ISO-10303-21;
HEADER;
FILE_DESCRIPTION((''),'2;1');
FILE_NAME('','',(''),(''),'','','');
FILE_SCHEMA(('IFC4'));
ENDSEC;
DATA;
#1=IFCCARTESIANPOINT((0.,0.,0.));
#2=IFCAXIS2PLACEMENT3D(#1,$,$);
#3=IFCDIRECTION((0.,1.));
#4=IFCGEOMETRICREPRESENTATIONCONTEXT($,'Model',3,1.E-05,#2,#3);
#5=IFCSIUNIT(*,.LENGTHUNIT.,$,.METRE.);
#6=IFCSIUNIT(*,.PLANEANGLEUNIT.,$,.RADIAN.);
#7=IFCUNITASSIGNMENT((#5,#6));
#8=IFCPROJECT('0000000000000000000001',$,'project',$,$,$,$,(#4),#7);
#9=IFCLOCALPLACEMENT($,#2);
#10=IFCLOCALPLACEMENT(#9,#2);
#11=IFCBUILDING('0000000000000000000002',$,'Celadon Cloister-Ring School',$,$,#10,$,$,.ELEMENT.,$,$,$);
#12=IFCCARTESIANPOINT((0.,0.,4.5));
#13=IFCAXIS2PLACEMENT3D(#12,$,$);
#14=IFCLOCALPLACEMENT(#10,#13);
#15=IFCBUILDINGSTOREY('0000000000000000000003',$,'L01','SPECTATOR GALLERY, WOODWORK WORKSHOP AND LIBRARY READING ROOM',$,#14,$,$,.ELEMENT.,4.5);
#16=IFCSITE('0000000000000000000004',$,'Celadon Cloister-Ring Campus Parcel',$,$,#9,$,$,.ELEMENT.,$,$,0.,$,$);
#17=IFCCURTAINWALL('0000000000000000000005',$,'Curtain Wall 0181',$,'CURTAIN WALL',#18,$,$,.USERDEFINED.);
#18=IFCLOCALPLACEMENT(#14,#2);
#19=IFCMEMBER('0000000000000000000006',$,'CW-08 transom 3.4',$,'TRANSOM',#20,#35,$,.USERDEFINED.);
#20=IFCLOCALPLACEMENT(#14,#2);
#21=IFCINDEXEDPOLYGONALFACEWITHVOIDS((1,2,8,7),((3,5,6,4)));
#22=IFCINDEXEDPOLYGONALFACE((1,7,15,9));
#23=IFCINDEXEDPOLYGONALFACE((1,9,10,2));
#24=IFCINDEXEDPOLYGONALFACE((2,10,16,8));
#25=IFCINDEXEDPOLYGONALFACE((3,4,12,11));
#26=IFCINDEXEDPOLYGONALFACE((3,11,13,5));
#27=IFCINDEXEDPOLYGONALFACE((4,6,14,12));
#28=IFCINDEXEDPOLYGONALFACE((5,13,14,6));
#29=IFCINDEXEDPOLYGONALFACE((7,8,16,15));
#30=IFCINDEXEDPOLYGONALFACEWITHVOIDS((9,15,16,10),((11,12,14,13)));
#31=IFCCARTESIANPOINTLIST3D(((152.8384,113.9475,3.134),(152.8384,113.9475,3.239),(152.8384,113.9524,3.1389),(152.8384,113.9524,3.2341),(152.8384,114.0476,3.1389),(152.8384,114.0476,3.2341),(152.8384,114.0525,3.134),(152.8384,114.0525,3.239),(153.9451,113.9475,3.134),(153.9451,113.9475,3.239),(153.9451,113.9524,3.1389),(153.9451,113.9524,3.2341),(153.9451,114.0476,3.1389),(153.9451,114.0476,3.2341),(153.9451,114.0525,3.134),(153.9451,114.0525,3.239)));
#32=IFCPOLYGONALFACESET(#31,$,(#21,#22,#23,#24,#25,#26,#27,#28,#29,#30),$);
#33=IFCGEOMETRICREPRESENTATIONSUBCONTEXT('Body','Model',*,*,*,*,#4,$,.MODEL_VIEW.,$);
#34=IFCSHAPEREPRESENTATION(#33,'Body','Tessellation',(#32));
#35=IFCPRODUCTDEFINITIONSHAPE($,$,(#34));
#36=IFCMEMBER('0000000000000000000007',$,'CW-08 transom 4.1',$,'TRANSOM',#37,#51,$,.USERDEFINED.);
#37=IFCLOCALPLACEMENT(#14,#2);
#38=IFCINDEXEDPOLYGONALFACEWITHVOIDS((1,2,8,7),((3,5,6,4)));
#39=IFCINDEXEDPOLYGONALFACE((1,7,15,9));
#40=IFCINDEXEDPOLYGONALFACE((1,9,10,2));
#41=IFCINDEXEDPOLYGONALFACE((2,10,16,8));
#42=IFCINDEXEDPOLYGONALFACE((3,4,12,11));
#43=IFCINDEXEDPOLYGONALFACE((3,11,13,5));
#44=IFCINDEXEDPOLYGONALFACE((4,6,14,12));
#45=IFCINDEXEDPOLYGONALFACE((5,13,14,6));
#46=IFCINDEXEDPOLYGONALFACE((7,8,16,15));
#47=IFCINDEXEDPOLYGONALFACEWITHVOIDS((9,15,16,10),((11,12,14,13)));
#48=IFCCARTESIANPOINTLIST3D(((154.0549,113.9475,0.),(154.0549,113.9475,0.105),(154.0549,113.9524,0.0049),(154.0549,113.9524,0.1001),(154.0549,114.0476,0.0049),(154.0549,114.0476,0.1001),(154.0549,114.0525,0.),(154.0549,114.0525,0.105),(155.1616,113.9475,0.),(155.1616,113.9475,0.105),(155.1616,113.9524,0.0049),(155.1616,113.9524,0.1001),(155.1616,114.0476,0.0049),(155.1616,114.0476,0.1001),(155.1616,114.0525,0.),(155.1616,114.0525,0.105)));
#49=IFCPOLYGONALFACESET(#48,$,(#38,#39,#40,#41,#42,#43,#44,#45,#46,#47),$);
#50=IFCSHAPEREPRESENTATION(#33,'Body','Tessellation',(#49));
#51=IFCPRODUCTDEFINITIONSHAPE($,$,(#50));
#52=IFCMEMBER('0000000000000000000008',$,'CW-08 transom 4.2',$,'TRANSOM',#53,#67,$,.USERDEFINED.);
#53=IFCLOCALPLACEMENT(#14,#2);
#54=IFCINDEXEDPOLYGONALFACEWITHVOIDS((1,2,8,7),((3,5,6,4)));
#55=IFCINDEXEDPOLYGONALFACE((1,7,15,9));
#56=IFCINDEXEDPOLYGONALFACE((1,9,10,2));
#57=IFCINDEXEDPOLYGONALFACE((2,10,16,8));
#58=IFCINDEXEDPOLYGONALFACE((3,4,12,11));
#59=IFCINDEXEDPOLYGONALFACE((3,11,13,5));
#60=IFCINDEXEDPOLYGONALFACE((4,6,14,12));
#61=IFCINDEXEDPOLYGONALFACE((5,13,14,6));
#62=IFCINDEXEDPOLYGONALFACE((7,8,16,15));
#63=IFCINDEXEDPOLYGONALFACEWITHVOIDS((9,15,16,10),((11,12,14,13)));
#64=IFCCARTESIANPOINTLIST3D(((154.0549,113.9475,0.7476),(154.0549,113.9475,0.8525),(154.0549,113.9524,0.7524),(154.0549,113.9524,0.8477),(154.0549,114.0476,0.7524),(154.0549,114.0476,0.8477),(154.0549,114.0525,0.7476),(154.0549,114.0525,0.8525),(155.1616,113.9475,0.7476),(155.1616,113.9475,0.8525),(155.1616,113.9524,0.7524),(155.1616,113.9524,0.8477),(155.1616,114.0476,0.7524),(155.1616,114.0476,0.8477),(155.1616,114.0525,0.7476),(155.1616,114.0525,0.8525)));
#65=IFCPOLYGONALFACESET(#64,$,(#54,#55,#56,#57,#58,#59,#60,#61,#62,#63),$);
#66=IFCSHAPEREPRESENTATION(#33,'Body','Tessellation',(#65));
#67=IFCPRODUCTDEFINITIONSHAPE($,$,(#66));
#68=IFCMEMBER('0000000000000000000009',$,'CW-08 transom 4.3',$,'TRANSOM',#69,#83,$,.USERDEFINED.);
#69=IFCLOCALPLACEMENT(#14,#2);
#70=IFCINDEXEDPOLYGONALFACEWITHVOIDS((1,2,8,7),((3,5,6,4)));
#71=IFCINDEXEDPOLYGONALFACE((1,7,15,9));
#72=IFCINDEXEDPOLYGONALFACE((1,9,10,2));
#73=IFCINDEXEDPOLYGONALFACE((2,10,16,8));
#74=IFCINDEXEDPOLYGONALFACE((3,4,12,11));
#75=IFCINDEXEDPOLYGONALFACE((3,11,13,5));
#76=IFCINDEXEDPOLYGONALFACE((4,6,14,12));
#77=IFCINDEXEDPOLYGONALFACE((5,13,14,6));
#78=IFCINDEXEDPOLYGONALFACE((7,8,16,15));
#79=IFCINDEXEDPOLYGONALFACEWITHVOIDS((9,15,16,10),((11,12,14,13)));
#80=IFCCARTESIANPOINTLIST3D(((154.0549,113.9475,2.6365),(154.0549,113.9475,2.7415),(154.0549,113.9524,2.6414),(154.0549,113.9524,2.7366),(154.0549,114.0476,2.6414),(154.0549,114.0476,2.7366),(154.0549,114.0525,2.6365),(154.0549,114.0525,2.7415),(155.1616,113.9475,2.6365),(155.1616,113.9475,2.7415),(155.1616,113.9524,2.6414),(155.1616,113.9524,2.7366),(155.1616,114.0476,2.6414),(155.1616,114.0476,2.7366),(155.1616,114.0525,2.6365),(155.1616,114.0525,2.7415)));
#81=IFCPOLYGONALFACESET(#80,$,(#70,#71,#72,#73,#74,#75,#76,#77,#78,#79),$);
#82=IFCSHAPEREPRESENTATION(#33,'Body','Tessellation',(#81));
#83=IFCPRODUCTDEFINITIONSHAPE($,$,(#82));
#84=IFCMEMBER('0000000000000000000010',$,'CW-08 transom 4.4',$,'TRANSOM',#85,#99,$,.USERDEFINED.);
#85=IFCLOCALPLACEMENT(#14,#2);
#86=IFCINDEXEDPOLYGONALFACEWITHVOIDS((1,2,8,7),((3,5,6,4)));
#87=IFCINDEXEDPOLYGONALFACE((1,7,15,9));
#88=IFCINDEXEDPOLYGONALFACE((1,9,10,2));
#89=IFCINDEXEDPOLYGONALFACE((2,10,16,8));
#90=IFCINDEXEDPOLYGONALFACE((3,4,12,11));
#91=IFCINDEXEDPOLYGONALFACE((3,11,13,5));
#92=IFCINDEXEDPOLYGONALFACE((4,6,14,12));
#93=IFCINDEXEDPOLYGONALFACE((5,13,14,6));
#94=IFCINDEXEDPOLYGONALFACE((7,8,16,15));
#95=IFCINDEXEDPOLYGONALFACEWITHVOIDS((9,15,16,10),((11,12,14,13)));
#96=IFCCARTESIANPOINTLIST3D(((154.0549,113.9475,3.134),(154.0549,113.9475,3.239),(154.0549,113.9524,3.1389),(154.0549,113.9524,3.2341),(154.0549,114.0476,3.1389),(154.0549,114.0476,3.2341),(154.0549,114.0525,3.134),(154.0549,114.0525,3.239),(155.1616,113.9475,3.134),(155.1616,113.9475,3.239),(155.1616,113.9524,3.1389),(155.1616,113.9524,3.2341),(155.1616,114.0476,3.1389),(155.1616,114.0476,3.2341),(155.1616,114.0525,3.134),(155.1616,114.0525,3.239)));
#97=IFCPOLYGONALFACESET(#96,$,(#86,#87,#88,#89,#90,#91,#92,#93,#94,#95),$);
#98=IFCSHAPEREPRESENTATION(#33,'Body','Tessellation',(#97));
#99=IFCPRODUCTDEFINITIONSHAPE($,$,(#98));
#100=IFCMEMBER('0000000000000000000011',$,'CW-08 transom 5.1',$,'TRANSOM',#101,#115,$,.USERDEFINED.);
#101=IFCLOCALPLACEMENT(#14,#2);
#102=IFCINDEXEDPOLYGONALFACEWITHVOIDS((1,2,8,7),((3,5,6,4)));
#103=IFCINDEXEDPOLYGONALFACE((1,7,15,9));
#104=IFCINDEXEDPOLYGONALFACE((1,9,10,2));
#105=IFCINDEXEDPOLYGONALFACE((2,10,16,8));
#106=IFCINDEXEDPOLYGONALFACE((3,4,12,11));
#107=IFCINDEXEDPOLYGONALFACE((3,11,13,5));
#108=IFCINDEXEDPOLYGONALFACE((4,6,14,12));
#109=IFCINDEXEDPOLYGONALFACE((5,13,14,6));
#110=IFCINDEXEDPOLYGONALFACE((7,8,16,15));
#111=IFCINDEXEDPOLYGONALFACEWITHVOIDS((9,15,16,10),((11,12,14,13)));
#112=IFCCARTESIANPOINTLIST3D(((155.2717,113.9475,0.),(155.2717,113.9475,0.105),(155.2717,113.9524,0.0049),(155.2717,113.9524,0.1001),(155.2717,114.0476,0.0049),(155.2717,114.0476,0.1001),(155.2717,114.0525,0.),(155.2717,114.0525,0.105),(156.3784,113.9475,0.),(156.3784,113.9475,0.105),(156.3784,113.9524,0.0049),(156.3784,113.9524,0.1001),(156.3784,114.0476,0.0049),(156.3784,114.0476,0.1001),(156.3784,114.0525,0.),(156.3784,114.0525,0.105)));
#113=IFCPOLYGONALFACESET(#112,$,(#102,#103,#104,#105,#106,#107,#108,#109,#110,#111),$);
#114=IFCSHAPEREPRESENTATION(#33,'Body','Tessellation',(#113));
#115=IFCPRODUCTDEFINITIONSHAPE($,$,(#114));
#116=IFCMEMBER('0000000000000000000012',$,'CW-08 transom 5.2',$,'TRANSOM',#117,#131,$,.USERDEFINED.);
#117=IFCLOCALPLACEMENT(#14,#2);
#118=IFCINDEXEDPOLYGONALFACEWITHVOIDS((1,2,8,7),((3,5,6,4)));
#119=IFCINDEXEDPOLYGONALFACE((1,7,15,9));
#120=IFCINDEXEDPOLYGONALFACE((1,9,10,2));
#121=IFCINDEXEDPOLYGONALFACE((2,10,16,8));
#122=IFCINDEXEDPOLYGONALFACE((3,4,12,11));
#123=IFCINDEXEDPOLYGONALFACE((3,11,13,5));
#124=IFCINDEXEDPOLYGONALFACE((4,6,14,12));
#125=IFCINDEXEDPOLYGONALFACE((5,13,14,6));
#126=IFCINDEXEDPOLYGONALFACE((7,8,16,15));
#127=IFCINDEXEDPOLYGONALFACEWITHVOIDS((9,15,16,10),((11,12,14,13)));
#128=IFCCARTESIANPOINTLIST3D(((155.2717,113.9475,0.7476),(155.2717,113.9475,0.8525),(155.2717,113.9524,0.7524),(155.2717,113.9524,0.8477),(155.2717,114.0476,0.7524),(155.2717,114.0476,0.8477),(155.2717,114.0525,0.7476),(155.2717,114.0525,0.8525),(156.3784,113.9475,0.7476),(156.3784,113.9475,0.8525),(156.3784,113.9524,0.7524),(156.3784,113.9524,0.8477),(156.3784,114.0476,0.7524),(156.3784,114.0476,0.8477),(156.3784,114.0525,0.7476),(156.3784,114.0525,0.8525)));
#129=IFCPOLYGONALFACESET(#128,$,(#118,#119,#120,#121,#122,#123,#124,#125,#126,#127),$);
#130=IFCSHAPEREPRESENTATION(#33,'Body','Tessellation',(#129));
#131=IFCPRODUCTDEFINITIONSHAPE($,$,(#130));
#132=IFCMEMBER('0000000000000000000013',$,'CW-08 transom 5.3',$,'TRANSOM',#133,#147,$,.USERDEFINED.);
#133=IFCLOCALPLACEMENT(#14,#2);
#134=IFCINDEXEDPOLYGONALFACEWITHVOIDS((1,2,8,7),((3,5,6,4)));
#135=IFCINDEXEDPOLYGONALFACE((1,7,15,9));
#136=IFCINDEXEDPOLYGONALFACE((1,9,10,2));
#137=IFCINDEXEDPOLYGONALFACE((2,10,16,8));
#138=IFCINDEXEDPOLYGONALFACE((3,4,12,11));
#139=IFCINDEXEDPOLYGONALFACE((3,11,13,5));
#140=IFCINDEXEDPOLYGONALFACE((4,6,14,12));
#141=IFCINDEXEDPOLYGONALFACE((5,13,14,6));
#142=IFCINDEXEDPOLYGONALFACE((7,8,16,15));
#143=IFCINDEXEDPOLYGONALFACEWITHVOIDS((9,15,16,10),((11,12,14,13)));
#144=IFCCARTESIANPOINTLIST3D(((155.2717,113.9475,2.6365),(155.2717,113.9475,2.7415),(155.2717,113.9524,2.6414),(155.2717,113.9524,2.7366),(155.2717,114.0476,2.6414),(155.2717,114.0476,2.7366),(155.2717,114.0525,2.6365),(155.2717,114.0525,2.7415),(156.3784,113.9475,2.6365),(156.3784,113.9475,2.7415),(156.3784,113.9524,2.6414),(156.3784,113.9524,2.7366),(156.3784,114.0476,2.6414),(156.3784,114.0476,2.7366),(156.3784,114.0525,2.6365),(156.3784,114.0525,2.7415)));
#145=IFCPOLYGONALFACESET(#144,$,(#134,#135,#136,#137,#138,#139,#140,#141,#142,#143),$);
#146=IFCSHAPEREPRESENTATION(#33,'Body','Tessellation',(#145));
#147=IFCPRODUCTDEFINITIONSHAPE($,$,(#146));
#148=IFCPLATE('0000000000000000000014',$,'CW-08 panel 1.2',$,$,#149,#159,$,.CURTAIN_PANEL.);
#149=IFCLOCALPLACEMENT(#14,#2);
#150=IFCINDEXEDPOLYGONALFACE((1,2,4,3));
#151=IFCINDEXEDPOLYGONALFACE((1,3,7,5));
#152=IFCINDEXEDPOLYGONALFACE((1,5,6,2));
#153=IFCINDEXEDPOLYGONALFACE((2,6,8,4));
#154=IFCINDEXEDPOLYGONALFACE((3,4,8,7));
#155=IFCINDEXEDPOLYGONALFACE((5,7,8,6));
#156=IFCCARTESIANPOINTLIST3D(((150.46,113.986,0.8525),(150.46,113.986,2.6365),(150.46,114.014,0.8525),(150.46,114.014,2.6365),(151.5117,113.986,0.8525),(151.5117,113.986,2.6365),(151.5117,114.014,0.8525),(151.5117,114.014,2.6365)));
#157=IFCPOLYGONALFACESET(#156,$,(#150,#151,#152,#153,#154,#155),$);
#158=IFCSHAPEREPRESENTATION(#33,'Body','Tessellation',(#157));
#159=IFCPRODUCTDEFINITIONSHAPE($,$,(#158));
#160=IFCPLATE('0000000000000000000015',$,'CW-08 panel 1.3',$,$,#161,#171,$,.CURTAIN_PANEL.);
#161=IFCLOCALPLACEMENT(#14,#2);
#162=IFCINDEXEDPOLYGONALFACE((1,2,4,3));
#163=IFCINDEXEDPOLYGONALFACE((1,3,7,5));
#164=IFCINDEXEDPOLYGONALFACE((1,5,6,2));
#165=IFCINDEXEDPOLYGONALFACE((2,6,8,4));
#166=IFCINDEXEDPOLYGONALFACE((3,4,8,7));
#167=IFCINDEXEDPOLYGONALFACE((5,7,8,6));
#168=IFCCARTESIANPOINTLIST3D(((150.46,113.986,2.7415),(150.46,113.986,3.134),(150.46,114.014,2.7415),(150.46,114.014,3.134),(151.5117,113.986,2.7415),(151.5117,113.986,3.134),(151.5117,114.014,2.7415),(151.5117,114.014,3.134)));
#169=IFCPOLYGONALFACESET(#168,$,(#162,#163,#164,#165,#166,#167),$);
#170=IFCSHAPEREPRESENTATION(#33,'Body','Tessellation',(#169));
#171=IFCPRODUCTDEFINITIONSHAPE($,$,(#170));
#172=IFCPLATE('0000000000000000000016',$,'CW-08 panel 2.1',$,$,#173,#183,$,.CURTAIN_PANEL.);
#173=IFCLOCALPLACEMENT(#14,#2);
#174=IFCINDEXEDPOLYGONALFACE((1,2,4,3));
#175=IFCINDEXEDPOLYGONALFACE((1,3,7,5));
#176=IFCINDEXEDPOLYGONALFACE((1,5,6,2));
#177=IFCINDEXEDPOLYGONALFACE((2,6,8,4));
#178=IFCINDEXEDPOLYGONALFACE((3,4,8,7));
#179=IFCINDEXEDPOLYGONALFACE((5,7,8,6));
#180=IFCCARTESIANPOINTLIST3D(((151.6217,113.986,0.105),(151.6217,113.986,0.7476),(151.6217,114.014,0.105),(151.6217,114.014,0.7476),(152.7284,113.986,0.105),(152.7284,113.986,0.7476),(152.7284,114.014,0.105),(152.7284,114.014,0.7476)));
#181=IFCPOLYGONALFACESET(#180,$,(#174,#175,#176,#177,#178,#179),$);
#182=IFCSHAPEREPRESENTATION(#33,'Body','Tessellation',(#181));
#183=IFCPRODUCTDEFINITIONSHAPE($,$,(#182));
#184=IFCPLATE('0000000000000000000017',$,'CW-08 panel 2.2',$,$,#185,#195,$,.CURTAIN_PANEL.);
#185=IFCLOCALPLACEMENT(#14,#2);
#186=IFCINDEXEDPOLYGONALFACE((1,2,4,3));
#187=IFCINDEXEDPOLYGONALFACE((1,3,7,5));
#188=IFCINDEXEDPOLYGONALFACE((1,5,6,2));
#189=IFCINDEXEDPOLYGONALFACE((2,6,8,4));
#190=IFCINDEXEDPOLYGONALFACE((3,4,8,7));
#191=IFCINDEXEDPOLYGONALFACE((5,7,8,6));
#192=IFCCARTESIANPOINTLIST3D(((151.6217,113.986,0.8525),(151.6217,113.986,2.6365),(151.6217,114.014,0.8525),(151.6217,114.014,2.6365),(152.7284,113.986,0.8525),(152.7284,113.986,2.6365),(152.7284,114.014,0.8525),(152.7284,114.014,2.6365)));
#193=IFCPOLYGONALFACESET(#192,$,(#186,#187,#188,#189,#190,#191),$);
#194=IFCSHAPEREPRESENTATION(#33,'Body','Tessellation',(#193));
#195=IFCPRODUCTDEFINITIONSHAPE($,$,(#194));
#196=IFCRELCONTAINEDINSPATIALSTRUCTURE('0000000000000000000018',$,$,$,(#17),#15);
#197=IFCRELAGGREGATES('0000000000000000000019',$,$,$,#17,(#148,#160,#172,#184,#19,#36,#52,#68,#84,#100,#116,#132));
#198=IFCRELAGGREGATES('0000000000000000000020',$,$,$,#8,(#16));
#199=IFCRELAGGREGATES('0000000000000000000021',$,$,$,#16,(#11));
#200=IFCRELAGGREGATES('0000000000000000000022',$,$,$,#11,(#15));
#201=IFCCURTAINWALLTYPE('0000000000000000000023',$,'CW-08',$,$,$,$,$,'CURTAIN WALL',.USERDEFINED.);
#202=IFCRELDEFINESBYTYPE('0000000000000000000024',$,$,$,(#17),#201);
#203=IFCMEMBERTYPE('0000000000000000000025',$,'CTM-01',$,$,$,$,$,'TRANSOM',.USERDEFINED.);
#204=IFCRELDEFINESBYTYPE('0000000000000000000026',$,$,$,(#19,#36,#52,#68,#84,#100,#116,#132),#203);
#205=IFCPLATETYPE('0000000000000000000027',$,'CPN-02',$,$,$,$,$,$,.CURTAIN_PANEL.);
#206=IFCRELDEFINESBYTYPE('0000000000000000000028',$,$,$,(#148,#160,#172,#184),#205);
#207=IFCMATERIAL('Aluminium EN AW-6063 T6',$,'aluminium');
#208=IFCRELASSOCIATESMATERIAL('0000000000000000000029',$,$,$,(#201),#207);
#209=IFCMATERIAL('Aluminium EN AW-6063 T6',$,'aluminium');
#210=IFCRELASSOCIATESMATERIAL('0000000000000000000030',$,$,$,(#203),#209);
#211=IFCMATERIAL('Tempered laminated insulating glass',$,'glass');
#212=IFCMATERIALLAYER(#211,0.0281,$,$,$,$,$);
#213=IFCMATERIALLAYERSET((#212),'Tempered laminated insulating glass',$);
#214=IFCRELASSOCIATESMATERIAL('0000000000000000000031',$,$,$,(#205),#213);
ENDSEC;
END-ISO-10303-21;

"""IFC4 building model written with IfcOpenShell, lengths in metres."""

from ifc_helpers import new_model, si_unit, direction, frame, origin, origin_2d, place, context, subcontext, project, spatial, rectangle, hollow_rectangle, extrude, material, layer, layer_set, material_profile, profile_set, type_object, element, aggregate, save


model = new_model("IFC4")

# Units and contexts
model_context = context("Model", 3, precision=1e-05, world=origin(), true_north=direction((0.0, 1.0)))
body_context = subcontext(model_context, "Body", "Model", "MODEL_VIEW")
ifc_project = project(units=[si_unit("LENGTHUNIT", "METRE"), si_unit("PLANEANGLEUNIT", "RADIAN")], contexts=[model_context])

# Site, building, storey
site_placement = place(None, origin())
site = spatial("IfcSite", under=ifc_project, at=site_placement, Name="Celadon Cloister-Ring Campus Parcel", CompositionType="ELEMENT", RefElevation=0.0)
building_placement = place(site_placement, origin())
building = spatial("IfcBuilding", under=site, at=building_placement, Name="Celadon Cloister-Ring School", CompositionType="ELEMENT")
storey_placement = place(building_placement, frame((0.0, 0.0, 4.5)))
storey = spatial("IfcBuildingStorey", under=building, at=storey_placement, Name="L01", Description="SPECTATOR GALLERY, WOODWORK WORKSHOP AND LIBRARY READING ROOM", CompositionType="ELEMENT", Elevation=4.5)

# Curtain wall, members, plates
ifc_material_1 = material(Name="Aluminium EN AW-6063 T6", Category="aluminium")
curtain_wall_type = type_object("IfcCurtainWallType", Name="CW-08", ElementType="CURTAIN WALL", PredefinedType="USERDEFINED", material=ifc_material_1)
curtain_wall_placement = place(storey_placement, origin())
curtain_wall = element("IfcCurtainWall", 1, at=curtain_wall_placement, inside=storey, type_object=curtain_wall_type, Name="Curtain Wall 0181", ObjectType="CURTAIN WALL", PredefinedType="USERDEFINED")
ifc_material_2 = material(Name="Aluminium EN AW-6063 T6", Category="aluminium")
ifc_material_profile_1 = material_profile(ifc_material_2, hollow_rectangle(XDim=0.105, YDim=0.105, WallThickness=0.0049, at=origin_2d()), Name="RHS105X105X5")
ifc_profile_set_1 = profile_set([ifc_material_profile_1], Name="Aluminium EN AW-6063 T6")
member_type_1 = type_object("IfcMemberType", Name="CTM-01", ElementType="TRANSOM", PredefinedType="USERDEFINED", material=ifc_profile_set_1)
member_1_placement = place(storey_placement, frame((152.8384, 114.0, 3.1865), z_axis=(1.0, 0.0, 0.0), x_axis=(0.0, 1.0, 0.0)))
member_1 = element("IfcMember", 2, at=member_1_placement, type_object=member_type_1, Name="CW-08 transom 3.4", ObjectType="TRANSOM", PredefinedType="USERDEFINED", context=body_context, shape_type="SweptSolid", body=[
    extrude(hollow_rectangle(XDim=0.105, YDim=0.105, WallThickness=0.0049, at=origin_2d()), origin(), (0.0, 0.0, 1.0), 1.1067),
])
member_2_placement = place(storey_placement, frame((154.0549, 114.0, 0.0525), z_axis=(1.0, 0.0, 0.0), x_axis=(0.0, 1.0, 0.0)))
member_2 = element("IfcMember", 3, at=member_2_placement, type_object=member_type_1, Name="CW-08 transom 4.1", ObjectType="TRANSOM", PredefinedType="USERDEFINED", context=body_context, shape_type="SweptSolid", body=[
    extrude(hollow_rectangle(XDim=0.105, YDim=0.105, WallThickness=0.0049, at=origin_2d()), origin(), (0.0, 0.0, 1.0), 1.1067),
])
member_3_placement = place(storey_placement, frame((154.0549, 114.0, 0.8), z_axis=(1.0, 0.0, 0.0), x_axis=(0.0, 1.0, 0.0)))
member_3 = element("IfcMember", 4, at=member_3_placement, type_object=member_type_1, Name="CW-08 transom 4.2", ObjectType="TRANSOM", PredefinedType="USERDEFINED", context=body_context, shape_type="SweptSolid", body=[
    extrude(hollow_rectangle(XDim=0.105, YDim=0.105, WallThickness=0.0049, at=origin_2d()), origin(), (0.0, 0.0, 1.0), 1.1067),
])
member_4_placement = place(storey_placement, frame((154.0549, 114.0, 2.689), z_axis=(1.0, 0.0, 0.0), x_axis=(0.0, 1.0, 0.0)))
member_4 = element("IfcMember", 5, at=member_4_placement, type_object=member_type_1, Name="CW-08 transom 4.3", ObjectType="TRANSOM", PredefinedType="USERDEFINED", context=body_context, shape_type="SweptSolid", body=[
    extrude(hollow_rectangle(XDim=0.105, YDim=0.105, WallThickness=0.0049, at=origin_2d()), origin(), (0.0, 0.0, 1.0), 1.1067),
])
member_5_placement = place(storey_placement, frame((154.0549, 114.0, 3.1865), z_axis=(1.0, 0.0, 0.0), x_axis=(0.0, 1.0, 0.0)))
member_5 = element("IfcMember", 6, at=member_5_placement, type_object=member_type_1, Name="CW-08 transom 4.4", ObjectType="TRANSOM", PredefinedType="USERDEFINED", context=body_context, shape_type="SweptSolid", body=[
    extrude(hollow_rectangle(XDim=0.105, YDim=0.105, WallThickness=0.0049, at=origin_2d()), origin(), (0.0, 0.0, 1.0), 1.1067),
])
member_6_placement = place(storey_placement, frame((155.2717, 114.0, 0.0525), z_axis=(1.0, 0.0, 0.0), x_axis=(0.0, 1.0, 0.0)))
member_6 = element("IfcMember", 7, at=member_6_placement, type_object=member_type_1, Name="CW-08 transom 5.1", ObjectType="TRANSOM", PredefinedType="USERDEFINED", context=body_context, shape_type="SweptSolid", body=[
    extrude(hollow_rectangle(XDim=0.105, YDim=0.105, WallThickness=0.0049, at=origin_2d()), origin(), (0.0, 0.0, 1.0), 1.1067),
])
member_7_placement = place(storey_placement, frame((155.2717, 114.0, 0.8), z_axis=(1.0, 0.0, 0.0), x_axis=(0.0, 1.0, 0.0)))
member_7 = element("IfcMember", 8, at=member_7_placement, type_object=member_type_1, Name="CW-08 transom 5.2", ObjectType="TRANSOM", PredefinedType="USERDEFINED", context=body_context, shape_type="SweptSolid", body=[
    extrude(hollow_rectangle(XDim=0.105, YDim=0.105, WallThickness=0.0049, at=origin_2d()), origin(), (0.0, 0.0, 1.0), 1.1067),
])
member_8_placement = place(storey_placement, frame((155.2717, 114.0, 2.689), z_axis=(1.0, 0.0, 0.0), x_axis=(0.0, 1.0, 0.0)))
member_8 = element("IfcMember", 9, at=member_8_placement, type_object=member_type_1, Name="CW-08 transom 5.3", ObjectType="TRANSOM", PredefinedType="USERDEFINED", context=body_context, shape_type="SweptSolid", body=[
    extrude(hollow_rectangle(XDim=0.105, YDim=0.105, WallThickness=0.0049, at=origin_2d()), origin(), (0.0, 0.0, 1.0), 1.1067),
])
ifc_material_3 = material(Name="Tempered laminated insulating glass", Category="glass")
ifc_layer = layer(ifc_material_3, 0.0281)
ifc_layer_set = layer_set([ifc_layer], Name="Tempered laminated insulating glass")
plate_type = type_object("IfcPlateType", Name="CPN-02", PredefinedType="CURTAIN_PANEL", material=ifc_layer_set)
plate_1_placement = place(storey_placement, frame((150.9858, 114.0, 0.8525), z_axis=(0.0, 0.0, 1.0), x_axis=(1.0, 0.0, 0.0)))
plate_1 = element("IfcPlate", 10, at=plate_1_placement, type_object=plate_type, Name="CW-08 panel 1.2", PredefinedType="CURTAIN_PANEL", context=body_context, shape_type="SweptSolid", body=[
    extrude(rectangle(XDim=1.0518, YDim=0.0281, at=origin_2d()), origin(), (0.0, 0.0, 1.0), 1.7839),
])
plate_2_placement = place(storey_placement, frame((150.9858, 114.0, 2.7415), z_axis=(0.0, 0.0, 1.0), x_axis=(1.0, 0.0, 0.0)))
plate_2 = element("IfcPlate", 11, at=plate_2_placement, type_object=plate_type, Name="CW-08 panel 1.3", PredefinedType="CURTAIN_PANEL", context=body_context, shape_type="SweptSolid", body=[
    extrude(rectangle(XDim=1.0518, YDim=0.0281, at=origin_2d()), origin(), (0.0, 0.0, 1.0), 0.3926),
])
plate_3_placement = place(storey_placement, frame((152.175, 114.0, 0.105), z_axis=(0.0, 0.0, 1.0), x_axis=(1.0, 0.0, 0.0)))
plate_3 = element("IfcPlate", 12, at=plate_3_placement, type_object=plate_type, Name="CW-08 panel 2.1", PredefinedType="CURTAIN_PANEL", context=body_context, shape_type="SweptSolid", body=[
    extrude(rectangle(XDim=1.1067, YDim=0.0281, at=origin_2d()), origin(), (0.0, 0.0, 1.0), 0.6426),
])
plate_4_placement = place(storey_placement, frame((152.175, 114.0, 0.8525), z_axis=(0.0, 0.0, 1.0), x_axis=(1.0, 0.0, 0.0)))
plate_4 = element("IfcPlate", 13, at=plate_4_placement, type_object=plate_type, Name="CW-08 panel 2.2", PredefinedType="CURTAIN_PANEL", context=body_context, shape_type="SweptSolid", body=[
    extrude(rectangle(XDim=1.1067, YDim=0.0281, at=origin_2d()), origin(), (0.0, 0.0, 1.0), 1.7839),
])
aggregate(curtain_wall, [plate_1, plate_2, plate_3, plate_4, member_1, member_2, member_3, member_4, member_5, member_6, member_7, member_8])

save(model, "model.ifc")
